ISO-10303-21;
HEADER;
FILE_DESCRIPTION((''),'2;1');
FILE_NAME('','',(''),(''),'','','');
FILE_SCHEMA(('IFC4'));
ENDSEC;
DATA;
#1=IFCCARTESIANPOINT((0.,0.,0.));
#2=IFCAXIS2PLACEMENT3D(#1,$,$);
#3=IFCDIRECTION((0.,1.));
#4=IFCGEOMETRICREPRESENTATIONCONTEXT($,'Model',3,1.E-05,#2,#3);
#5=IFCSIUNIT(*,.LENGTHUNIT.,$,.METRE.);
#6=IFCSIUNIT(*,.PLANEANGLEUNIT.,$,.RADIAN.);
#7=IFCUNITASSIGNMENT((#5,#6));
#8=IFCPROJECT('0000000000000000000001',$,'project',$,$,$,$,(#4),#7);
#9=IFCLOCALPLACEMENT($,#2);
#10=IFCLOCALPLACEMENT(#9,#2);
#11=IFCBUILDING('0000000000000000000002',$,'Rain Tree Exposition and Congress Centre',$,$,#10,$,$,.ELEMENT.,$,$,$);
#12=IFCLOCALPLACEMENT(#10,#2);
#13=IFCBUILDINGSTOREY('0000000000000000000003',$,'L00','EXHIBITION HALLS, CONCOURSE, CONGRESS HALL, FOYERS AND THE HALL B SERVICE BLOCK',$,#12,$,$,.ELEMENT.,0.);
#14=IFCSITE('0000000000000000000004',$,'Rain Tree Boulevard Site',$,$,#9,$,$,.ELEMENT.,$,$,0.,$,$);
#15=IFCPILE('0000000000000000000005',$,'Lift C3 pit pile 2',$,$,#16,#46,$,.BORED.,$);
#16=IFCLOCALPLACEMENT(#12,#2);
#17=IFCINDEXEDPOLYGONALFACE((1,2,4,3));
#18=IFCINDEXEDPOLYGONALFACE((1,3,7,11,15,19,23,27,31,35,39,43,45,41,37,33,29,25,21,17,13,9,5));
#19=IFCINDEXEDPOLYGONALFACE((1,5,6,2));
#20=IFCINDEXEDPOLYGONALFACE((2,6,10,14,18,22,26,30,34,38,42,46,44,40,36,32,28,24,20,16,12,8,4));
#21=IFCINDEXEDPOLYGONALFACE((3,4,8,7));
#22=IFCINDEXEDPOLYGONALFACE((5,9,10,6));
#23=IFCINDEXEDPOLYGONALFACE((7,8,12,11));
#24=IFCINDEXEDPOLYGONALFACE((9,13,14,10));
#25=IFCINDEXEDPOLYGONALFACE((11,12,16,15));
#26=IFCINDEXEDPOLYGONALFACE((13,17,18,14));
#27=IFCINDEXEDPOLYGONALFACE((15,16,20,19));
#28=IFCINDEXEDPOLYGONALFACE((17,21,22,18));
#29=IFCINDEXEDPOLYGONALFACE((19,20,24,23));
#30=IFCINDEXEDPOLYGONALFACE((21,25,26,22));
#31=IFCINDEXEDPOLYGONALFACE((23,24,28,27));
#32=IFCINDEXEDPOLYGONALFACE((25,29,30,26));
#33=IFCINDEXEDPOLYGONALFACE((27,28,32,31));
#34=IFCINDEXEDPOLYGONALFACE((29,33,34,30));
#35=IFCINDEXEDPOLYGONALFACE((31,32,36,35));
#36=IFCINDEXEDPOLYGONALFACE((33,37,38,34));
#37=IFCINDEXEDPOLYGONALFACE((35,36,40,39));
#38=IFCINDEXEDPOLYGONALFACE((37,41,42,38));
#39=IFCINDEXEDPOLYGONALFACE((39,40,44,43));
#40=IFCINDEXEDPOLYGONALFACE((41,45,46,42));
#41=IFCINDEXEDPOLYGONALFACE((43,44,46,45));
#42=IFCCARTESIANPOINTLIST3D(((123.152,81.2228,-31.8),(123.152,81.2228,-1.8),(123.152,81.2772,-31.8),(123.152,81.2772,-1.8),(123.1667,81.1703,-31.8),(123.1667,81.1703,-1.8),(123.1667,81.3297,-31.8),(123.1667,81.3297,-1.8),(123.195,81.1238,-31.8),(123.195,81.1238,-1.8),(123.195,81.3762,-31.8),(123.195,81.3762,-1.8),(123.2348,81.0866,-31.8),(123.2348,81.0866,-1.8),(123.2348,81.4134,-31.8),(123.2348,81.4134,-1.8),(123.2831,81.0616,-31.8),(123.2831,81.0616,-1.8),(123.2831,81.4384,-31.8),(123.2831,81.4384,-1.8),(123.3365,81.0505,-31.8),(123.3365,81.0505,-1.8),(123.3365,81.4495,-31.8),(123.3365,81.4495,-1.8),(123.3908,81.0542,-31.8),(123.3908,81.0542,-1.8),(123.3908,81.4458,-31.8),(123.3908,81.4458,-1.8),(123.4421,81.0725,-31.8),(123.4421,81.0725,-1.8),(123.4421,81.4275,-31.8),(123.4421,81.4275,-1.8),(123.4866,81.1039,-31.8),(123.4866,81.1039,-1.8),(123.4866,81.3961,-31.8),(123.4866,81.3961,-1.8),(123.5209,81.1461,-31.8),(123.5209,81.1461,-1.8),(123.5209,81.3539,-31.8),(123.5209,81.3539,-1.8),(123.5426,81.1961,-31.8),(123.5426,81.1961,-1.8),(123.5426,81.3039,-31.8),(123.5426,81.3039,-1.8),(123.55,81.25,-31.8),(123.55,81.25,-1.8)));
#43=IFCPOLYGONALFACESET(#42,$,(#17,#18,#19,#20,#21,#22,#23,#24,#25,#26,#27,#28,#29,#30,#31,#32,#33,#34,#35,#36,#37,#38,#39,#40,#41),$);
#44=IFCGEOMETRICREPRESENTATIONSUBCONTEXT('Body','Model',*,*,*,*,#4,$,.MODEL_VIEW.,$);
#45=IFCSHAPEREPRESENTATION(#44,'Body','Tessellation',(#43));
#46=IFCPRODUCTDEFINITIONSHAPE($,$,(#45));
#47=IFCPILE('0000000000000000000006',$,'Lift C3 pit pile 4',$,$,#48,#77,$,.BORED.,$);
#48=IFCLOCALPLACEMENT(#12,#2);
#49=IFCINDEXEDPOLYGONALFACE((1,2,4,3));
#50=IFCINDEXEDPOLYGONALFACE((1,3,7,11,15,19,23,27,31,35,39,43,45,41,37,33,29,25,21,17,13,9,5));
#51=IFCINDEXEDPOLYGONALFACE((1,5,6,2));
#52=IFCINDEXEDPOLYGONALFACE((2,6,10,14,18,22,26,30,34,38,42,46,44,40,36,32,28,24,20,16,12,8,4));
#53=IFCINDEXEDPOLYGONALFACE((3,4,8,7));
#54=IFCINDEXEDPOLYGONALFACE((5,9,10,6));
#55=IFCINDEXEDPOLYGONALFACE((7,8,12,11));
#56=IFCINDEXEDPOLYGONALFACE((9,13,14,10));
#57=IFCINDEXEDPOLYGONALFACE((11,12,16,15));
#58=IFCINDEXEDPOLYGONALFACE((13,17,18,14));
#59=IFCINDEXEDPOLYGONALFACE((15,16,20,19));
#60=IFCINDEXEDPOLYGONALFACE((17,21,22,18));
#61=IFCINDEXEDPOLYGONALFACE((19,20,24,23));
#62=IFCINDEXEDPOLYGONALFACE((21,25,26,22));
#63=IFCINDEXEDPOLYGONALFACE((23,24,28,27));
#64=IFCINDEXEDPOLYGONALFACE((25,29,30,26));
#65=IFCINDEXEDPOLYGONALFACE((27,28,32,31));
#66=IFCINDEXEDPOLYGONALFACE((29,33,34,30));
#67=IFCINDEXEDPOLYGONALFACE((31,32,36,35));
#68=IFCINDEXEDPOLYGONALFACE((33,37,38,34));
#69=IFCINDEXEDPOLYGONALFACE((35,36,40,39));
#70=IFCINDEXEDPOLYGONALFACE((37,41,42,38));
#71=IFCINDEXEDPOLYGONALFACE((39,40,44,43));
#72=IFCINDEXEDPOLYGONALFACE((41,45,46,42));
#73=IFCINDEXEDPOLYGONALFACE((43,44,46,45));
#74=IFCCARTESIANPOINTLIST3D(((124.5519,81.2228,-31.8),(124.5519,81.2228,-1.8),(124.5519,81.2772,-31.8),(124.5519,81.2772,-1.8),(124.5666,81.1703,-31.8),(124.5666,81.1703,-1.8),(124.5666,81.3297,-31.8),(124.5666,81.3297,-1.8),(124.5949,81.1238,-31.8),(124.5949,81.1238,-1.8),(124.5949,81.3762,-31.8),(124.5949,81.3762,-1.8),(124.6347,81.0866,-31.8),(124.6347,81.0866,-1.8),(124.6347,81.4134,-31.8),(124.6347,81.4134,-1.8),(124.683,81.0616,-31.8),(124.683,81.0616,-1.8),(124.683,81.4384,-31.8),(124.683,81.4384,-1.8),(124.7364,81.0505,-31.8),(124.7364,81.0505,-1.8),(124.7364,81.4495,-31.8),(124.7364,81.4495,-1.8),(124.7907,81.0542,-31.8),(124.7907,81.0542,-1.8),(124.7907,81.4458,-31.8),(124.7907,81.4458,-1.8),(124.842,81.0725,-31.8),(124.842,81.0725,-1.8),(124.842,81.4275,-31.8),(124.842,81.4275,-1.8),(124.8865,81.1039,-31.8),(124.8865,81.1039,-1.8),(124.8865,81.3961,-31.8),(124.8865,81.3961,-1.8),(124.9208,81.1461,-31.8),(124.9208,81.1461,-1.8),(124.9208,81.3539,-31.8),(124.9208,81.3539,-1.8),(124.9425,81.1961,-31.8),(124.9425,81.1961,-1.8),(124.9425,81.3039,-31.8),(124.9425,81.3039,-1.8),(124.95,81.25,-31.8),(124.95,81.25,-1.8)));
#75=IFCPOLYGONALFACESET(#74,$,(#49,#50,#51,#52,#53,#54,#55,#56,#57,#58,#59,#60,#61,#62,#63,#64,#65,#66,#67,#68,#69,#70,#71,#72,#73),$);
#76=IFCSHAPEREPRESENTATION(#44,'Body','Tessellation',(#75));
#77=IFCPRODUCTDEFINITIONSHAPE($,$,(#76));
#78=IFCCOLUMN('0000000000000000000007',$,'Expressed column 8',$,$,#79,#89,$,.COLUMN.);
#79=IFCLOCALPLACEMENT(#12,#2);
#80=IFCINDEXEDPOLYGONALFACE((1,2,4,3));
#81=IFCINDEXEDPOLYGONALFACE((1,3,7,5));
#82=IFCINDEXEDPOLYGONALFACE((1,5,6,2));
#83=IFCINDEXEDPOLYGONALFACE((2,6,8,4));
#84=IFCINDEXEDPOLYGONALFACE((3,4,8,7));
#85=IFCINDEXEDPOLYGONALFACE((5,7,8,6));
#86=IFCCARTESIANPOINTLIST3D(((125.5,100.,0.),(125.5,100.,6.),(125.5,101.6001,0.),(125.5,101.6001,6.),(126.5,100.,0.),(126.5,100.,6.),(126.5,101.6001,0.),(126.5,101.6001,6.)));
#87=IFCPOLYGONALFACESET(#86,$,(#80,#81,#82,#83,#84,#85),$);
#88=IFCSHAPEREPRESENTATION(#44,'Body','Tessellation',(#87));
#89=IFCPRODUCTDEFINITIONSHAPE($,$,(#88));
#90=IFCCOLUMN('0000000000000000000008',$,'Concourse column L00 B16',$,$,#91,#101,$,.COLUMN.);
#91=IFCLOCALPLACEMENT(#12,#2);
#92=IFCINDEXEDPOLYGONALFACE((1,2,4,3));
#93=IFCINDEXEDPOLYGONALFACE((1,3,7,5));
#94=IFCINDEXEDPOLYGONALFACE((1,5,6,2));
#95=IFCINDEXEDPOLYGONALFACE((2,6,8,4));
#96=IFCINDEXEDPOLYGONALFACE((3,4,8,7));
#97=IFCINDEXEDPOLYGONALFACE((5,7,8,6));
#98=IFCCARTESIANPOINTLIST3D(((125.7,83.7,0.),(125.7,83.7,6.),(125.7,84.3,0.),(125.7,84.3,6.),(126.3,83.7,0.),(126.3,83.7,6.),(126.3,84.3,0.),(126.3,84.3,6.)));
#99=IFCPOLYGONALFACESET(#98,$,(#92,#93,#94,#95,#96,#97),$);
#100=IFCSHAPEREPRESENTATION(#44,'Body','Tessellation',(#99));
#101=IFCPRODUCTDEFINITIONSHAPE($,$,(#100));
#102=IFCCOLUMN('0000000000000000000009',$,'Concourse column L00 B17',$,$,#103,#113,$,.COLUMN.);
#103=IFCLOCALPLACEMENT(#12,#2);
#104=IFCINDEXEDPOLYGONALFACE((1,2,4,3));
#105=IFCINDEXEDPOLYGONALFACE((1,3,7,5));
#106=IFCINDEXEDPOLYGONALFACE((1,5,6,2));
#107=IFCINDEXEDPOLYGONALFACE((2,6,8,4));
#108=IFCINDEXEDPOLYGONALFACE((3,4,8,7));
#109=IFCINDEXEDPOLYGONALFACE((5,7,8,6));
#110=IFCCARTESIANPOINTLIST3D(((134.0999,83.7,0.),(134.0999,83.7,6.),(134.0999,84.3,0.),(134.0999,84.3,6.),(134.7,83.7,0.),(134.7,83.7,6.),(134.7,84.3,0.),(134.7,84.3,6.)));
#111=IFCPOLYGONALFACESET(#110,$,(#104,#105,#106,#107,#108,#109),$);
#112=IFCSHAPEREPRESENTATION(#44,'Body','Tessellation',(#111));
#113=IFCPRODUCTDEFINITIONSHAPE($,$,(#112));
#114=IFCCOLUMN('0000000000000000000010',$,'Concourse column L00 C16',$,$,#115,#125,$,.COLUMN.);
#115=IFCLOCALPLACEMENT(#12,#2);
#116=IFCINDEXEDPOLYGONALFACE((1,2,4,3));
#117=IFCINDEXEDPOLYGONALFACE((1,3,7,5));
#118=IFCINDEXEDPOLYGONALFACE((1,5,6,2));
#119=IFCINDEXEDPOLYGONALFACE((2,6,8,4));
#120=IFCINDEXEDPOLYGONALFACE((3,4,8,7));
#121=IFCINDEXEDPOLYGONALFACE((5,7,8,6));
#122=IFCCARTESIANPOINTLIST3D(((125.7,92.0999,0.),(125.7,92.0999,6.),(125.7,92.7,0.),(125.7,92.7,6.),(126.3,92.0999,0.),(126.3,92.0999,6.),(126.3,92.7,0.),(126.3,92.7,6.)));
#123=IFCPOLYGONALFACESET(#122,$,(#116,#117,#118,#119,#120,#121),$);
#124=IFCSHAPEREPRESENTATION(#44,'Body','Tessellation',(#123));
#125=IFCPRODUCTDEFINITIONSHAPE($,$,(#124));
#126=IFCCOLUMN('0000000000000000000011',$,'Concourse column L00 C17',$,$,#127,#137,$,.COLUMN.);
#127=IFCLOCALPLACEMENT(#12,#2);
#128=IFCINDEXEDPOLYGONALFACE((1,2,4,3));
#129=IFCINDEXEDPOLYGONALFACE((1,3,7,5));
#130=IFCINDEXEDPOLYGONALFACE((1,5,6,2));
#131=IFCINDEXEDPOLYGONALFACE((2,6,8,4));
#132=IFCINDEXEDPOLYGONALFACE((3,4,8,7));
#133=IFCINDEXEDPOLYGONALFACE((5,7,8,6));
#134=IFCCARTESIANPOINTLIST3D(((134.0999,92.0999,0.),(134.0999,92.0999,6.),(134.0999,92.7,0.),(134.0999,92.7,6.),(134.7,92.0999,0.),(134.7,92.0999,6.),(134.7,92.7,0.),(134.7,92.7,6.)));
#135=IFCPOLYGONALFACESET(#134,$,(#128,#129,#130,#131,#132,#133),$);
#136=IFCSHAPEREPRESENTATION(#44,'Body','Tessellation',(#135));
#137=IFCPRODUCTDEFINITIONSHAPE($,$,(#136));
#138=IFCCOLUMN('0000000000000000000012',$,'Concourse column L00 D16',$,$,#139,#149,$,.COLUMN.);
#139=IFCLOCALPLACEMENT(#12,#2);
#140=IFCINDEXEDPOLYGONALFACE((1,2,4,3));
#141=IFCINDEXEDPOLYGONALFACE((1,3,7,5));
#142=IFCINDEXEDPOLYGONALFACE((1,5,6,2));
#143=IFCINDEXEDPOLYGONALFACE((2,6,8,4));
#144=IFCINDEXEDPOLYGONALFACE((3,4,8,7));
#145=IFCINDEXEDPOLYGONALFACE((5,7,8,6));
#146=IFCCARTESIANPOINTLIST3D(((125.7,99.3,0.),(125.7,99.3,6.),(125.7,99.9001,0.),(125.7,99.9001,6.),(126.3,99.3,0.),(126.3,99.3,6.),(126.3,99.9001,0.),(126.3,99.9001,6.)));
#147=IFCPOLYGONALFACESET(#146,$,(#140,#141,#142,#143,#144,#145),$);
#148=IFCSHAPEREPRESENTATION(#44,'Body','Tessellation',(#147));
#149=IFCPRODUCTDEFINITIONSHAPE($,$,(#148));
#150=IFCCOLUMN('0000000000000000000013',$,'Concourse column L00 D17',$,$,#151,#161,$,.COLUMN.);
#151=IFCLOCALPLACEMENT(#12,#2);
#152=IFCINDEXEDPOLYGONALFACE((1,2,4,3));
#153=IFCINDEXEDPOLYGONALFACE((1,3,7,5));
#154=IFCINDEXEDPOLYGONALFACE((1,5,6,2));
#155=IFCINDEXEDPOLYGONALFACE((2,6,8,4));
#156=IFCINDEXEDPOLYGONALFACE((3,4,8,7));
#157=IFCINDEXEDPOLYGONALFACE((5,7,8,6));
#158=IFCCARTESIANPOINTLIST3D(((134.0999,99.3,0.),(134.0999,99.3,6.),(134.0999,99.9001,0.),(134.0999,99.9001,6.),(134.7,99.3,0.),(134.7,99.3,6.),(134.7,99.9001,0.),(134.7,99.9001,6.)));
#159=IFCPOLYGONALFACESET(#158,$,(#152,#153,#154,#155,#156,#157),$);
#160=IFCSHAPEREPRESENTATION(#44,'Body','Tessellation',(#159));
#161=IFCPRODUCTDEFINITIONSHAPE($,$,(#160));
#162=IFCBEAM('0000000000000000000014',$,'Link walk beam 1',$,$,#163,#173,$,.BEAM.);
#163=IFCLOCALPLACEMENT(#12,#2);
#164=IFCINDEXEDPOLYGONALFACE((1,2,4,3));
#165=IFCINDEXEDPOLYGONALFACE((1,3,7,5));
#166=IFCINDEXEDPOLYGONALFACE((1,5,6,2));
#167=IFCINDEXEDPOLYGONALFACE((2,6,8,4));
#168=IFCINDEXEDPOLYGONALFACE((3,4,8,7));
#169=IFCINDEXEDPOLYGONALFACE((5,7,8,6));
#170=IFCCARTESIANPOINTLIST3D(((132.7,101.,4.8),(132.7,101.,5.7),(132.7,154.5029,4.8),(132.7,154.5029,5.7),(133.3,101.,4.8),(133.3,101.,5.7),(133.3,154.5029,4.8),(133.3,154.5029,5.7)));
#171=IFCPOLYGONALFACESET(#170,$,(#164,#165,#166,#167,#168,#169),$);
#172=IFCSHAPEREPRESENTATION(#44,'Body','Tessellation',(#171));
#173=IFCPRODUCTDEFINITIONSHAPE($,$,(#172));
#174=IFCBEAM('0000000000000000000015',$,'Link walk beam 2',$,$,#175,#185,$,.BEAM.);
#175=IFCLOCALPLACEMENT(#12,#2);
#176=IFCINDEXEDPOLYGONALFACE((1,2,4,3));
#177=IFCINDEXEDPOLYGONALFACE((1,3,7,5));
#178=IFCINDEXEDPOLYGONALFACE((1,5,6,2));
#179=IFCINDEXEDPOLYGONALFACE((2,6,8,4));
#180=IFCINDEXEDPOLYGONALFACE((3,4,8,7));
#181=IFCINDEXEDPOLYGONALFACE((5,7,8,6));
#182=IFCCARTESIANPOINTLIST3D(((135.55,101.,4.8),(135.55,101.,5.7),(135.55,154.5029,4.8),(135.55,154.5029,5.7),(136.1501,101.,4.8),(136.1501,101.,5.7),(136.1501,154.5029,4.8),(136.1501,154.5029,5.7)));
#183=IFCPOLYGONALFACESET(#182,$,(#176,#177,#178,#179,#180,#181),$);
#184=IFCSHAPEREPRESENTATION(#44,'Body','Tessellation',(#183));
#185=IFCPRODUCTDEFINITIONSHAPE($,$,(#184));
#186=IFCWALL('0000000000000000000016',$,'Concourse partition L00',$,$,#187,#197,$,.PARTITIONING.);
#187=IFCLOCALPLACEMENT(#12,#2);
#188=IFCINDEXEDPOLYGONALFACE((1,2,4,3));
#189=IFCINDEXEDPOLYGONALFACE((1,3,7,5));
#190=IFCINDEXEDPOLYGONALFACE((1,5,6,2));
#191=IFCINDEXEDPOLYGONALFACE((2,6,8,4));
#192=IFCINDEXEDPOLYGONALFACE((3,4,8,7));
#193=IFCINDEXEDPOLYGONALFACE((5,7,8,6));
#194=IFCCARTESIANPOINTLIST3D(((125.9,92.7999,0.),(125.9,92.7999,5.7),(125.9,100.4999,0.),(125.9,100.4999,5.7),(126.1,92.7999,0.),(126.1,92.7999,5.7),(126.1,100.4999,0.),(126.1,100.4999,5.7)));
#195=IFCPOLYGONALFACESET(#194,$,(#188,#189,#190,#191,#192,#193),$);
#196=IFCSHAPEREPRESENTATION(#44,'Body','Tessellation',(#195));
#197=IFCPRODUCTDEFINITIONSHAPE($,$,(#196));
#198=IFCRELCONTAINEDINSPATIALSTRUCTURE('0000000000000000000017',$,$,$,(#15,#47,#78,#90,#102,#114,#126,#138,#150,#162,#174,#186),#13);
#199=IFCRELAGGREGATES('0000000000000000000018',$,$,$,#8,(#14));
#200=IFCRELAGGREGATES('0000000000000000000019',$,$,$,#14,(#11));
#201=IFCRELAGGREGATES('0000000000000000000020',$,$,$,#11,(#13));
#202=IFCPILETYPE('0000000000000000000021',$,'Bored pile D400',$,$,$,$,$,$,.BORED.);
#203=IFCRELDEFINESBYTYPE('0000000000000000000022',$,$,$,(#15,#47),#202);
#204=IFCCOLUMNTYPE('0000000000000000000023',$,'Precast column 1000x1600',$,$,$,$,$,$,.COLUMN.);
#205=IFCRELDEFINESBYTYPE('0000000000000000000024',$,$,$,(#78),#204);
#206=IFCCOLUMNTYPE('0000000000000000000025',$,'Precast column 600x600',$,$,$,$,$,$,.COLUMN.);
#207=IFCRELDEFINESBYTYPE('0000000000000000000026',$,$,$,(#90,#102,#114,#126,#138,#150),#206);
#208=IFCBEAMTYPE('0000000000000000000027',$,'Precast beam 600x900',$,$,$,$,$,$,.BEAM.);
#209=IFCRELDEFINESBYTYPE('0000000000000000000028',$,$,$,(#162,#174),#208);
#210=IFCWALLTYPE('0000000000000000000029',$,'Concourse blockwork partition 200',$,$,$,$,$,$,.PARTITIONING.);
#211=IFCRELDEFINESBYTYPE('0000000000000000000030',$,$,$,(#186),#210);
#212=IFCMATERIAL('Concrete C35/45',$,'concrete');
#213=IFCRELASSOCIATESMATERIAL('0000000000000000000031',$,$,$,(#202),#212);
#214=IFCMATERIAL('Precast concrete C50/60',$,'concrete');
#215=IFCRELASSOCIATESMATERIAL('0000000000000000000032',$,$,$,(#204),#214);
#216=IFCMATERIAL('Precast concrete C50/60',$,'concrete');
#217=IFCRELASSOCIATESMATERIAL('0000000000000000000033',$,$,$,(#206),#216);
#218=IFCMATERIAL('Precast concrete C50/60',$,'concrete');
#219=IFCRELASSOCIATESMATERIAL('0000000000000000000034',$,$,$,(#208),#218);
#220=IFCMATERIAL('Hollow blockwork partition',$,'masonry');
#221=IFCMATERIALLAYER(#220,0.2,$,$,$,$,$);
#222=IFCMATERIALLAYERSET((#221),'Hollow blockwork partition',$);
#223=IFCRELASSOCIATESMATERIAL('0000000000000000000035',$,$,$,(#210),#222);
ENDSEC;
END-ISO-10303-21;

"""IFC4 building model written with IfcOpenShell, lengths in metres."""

from ifc_helpers import new_model, si_unit, direction, frame, frame_2d, origin, origin_2d, place, context, subcontext, project, spatial, rectangle, circle, extrude, material, layer, layer_set, material_profile, profile_set, type_object, element, save


model = new_model("IFC4")

# Units and contexts
model_context = context("Model", 3, precision=1e-05, world=origin(), true_north=direction((0.0, 1.0)))
body_context = subcontext(model_context, "Body", "Model", "MODEL_VIEW")
ifc_project = project(units=[si_unit("LENGTHUNIT", "METRE"), si_unit("PLANEANGLEUNIT", "RADIAN")], contexts=[model_context])

# Site, building, storey
site_placement = place(None, origin())
site = spatial("IfcSite", under=ifc_project, at=site_placement, Name="Rain Tree Boulevard Site", CompositionType="ELEMENT", RefElevation=0.0)
building_placement = place(site_placement, origin())
building = spatial("IfcBuilding", under=site, at=building_placement, Name="Rain Tree Exposition and Congress Centre", CompositionType="ELEMENT")
storey_placement = place(building_placement, origin())
storey = spatial("IfcBuildingStorey", under=building, at=storey_placement, Name="L00", Description="EXHIBITION HALLS, CONCOURSE, CONGRESS HALL, FOYERS AND THE HALL B SERVICE BLOCK", CompositionType="ELEMENT", Elevation=0.0)

# Piles
ifc_material_1 = material(Name="Concrete C35/45", Category="concrete")
ifc_material_profile_1 = material_profile(ifc_material_1, circle(Radius=0.2, at=origin_2d()), Name="D400")
ifc_profile_set_1 = profile_set([ifc_material_profile_1], Name="Concrete C35/45")
pile_type = type_object("IfcPileType", Name="Bored pile D400", PredefinedType="BORED", material=ifc_profile_set_1)
for number, where, z_axis, x_axis, name in (
    (1, (123.3501, 81.25, -1.8), (0.0, 0.0, -1.0), (1.0, 0.0, 0.0), "Lift C3 pit pile 2"),
    (2, (124.75, 81.25, -1.8), (0.0, 0.0, -1.0), (1.0, 0.0, 0.0), "Lift C3 pit pile 4"),
):
    element("IfcPile", number, at=place(storey_placement, frame(where, z_axis=z_axis, x_axis=x_axis)), inside=storey, type_object=pile_type, Name=name, PredefinedType="BORED", context=body_context, shape_type="SweptSolid", body=[
        extrude(circle(Radius=0.2, at=origin_2d()), origin(), (0.0, 0.0, 1.0), 30.0),
    ])

# Columns
ifc_material_2 = material(Name="Precast concrete C50/60", Category="concrete")
ifc_material_profile_2 = material_profile(ifc_material_2, rectangle(XDim=1.0, YDim=1.6001, at=origin_2d()), Name="RC 1000x1600")
ifc_profile_set_2 = profile_set([ifc_material_profile_2], Name="Precast concrete C50/60")
column_type_1 = type_object("IfcColumnType", Name="Precast column 1000x1600", PredefinedType="COLUMN", material=ifc_profile_set_2)
column_placement = place(storey_placement, frame((126.0, 100.8, 0.0), z_axis=(0.0, 0.0, 1.0), x_axis=(1.0, 0.0, 0.0)))
element("IfcColumn", 3, at=column_placement, inside=storey, type_object=column_type_1, Name="Expressed column 8", PredefinedType="COLUMN", context=body_context, shape_type="SweptSolid", body=[
    extrude(rectangle(XDim=1.0, YDim=1.6001, at=origin_2d()), origin(), (0.0, 0.0, 1.0), 6.0),
])
ifc_material_3 = material(Name="Precast concrete C50/60", Category="concrete")
ifc_material_profile_3 = material_profile(ifc_material_3, rectangle(XDim=0.6001, YDim=0.6001, at=origin_2d()), Name="RC 600x600")
ifc_profile_set_3 = profile_set([ifc_material_profile_3], Name="Precast concrete C50/60")
column_type_2 = type_object("IfcColumnType", Name="Precast column 600x600", PredefinedType="COLUMN", material=ifc_profile_set_3)
for number, where, z_axis, x_axis, name in (
    (4, (126.0, 84.0, 0.0), (0.0, 0.0, 1.0), (1.0, 0.0, 0.0), "Concourse column L00 B16"),
    (5, (134.3999, 84.0, 0.0), (0.0, 0.0, 1.0), (1.0, 0.0, 0.0), "Concourse column L00 B17"),
    (6, (126.0, 92.3999, 0.0), (0.0, 0.0, 1.0), (1.0, 0.0, 0.0), "Concourse column L00 C16"),
    (7, (134.3999, 92.3999, 0.0), (0.0, 0.0, 1.0), (1.0, 0.0, 0.0), "Concourse column L00 C17"),
    (8, (126.0, 99.6001, 0.0), (0.0, 0.0, 1.0), (1.0, 0.0, 0.0), "Concourse column L00 D16"),
    (9, (134.3999, 99.6001, 0.0), (0.0, 0.0, 1.0), (1.0, 0.0, 0.0), "Concourse column L00 D17"),
):
    element("IfcColumn", number, at=place(storey_placement, frame(where, z_axis=z_axis, x_axis=x_axis)), inside=storey, type_object=column_type_2, Name=name, PredefinedType="COLUMN", context=body_context, shape_type="SweptSolid", body=[
        extrude(rectangle(XDim=0.6001, YDim=0.6001, at=origin_2d()), origin(), (0.0, 0.0, 1.0), 6.0),
    ])

# Beams
ifc_material_4 = material(Name="Precast concrete C50/60", Category="concrete")
ifc_material_profile_4 = material_profile(ifc_material_4, rectangle(XDim=0.6001, YDim=0.8999, at=origin_2d()), Name="RC 600x900")
ifc_profile_set_4 = profile_set([ifc_material_profile_4], Name="Precast concrete C50/60")
beam_type = type_object("IfcBeamType", Name="Precast beam 600x900", PredefinedType="BEAM", material=ifc_profile_set_4)
for number, where, z_axis, x_axis, name in (
    (10, (133.0, 101.0, 5.25), (0.0, 1.0, 0.0), (-1.0, 0.0, 0.0), "Link walk beam 1"),
    (11, (135.8501, 101.0, 5.25), (0.0, 1.0, 0.0), (-1.0, 0.0, 0.0), "Link walk beam 2"),
):
    element("IfcBeam", number, at=place(storey_placement, frame(where, z_axis=z_axis, x_axis=x_axis)), inside=storey, type_object=beam_type, Name=name, PredefinedType="BEAM", context=body_context, shape_type="SweptSolid", body=[
        extrude(rectangle(XDim=0.6001, YDim=0.8999, at=origin_2d()), origin(), (0.0, 0.0, 1.0), 53.5029),
    ])

# Shared definitions
ifc_material_5 = material(Name="Hollow blockwork partition", Category="masonry")
ifc_layer_1 = layer(ifc_material_5, 0.2)
ifc_layer_set_1 = layer_set([ifc_layer_1], Name="Hollow blockwork partition")
wall_type_1 = type_object("IfcWallType", Name="Concourse blockwork partition 200", PredefinedType="PARTITIONING", material=ifc_layer_set_1)

# Wall
wall_1_placement = place(storey_placement, frame((126.0, 100.5, 0.0), z_axis=(0.0, 0.0, 1.0), x_axis=(0.0, -1.0, 0.0)))
element("IfcWall", 12, at=wall_1_placement, inside=storey, type_object=wall_type_1, Name="Concourse partition L00", PredefinedType="PARTITIONING", context=body_context, shape_type="SweptSolid", body=[
    extrude(rectangle(XDim=7.7, YDim=0.2, at=frame_2d((3.8501, 0.0))), origin(), (0.0, 0.0, 1.0), 5.7),
])

save(model, "model.ifc")
